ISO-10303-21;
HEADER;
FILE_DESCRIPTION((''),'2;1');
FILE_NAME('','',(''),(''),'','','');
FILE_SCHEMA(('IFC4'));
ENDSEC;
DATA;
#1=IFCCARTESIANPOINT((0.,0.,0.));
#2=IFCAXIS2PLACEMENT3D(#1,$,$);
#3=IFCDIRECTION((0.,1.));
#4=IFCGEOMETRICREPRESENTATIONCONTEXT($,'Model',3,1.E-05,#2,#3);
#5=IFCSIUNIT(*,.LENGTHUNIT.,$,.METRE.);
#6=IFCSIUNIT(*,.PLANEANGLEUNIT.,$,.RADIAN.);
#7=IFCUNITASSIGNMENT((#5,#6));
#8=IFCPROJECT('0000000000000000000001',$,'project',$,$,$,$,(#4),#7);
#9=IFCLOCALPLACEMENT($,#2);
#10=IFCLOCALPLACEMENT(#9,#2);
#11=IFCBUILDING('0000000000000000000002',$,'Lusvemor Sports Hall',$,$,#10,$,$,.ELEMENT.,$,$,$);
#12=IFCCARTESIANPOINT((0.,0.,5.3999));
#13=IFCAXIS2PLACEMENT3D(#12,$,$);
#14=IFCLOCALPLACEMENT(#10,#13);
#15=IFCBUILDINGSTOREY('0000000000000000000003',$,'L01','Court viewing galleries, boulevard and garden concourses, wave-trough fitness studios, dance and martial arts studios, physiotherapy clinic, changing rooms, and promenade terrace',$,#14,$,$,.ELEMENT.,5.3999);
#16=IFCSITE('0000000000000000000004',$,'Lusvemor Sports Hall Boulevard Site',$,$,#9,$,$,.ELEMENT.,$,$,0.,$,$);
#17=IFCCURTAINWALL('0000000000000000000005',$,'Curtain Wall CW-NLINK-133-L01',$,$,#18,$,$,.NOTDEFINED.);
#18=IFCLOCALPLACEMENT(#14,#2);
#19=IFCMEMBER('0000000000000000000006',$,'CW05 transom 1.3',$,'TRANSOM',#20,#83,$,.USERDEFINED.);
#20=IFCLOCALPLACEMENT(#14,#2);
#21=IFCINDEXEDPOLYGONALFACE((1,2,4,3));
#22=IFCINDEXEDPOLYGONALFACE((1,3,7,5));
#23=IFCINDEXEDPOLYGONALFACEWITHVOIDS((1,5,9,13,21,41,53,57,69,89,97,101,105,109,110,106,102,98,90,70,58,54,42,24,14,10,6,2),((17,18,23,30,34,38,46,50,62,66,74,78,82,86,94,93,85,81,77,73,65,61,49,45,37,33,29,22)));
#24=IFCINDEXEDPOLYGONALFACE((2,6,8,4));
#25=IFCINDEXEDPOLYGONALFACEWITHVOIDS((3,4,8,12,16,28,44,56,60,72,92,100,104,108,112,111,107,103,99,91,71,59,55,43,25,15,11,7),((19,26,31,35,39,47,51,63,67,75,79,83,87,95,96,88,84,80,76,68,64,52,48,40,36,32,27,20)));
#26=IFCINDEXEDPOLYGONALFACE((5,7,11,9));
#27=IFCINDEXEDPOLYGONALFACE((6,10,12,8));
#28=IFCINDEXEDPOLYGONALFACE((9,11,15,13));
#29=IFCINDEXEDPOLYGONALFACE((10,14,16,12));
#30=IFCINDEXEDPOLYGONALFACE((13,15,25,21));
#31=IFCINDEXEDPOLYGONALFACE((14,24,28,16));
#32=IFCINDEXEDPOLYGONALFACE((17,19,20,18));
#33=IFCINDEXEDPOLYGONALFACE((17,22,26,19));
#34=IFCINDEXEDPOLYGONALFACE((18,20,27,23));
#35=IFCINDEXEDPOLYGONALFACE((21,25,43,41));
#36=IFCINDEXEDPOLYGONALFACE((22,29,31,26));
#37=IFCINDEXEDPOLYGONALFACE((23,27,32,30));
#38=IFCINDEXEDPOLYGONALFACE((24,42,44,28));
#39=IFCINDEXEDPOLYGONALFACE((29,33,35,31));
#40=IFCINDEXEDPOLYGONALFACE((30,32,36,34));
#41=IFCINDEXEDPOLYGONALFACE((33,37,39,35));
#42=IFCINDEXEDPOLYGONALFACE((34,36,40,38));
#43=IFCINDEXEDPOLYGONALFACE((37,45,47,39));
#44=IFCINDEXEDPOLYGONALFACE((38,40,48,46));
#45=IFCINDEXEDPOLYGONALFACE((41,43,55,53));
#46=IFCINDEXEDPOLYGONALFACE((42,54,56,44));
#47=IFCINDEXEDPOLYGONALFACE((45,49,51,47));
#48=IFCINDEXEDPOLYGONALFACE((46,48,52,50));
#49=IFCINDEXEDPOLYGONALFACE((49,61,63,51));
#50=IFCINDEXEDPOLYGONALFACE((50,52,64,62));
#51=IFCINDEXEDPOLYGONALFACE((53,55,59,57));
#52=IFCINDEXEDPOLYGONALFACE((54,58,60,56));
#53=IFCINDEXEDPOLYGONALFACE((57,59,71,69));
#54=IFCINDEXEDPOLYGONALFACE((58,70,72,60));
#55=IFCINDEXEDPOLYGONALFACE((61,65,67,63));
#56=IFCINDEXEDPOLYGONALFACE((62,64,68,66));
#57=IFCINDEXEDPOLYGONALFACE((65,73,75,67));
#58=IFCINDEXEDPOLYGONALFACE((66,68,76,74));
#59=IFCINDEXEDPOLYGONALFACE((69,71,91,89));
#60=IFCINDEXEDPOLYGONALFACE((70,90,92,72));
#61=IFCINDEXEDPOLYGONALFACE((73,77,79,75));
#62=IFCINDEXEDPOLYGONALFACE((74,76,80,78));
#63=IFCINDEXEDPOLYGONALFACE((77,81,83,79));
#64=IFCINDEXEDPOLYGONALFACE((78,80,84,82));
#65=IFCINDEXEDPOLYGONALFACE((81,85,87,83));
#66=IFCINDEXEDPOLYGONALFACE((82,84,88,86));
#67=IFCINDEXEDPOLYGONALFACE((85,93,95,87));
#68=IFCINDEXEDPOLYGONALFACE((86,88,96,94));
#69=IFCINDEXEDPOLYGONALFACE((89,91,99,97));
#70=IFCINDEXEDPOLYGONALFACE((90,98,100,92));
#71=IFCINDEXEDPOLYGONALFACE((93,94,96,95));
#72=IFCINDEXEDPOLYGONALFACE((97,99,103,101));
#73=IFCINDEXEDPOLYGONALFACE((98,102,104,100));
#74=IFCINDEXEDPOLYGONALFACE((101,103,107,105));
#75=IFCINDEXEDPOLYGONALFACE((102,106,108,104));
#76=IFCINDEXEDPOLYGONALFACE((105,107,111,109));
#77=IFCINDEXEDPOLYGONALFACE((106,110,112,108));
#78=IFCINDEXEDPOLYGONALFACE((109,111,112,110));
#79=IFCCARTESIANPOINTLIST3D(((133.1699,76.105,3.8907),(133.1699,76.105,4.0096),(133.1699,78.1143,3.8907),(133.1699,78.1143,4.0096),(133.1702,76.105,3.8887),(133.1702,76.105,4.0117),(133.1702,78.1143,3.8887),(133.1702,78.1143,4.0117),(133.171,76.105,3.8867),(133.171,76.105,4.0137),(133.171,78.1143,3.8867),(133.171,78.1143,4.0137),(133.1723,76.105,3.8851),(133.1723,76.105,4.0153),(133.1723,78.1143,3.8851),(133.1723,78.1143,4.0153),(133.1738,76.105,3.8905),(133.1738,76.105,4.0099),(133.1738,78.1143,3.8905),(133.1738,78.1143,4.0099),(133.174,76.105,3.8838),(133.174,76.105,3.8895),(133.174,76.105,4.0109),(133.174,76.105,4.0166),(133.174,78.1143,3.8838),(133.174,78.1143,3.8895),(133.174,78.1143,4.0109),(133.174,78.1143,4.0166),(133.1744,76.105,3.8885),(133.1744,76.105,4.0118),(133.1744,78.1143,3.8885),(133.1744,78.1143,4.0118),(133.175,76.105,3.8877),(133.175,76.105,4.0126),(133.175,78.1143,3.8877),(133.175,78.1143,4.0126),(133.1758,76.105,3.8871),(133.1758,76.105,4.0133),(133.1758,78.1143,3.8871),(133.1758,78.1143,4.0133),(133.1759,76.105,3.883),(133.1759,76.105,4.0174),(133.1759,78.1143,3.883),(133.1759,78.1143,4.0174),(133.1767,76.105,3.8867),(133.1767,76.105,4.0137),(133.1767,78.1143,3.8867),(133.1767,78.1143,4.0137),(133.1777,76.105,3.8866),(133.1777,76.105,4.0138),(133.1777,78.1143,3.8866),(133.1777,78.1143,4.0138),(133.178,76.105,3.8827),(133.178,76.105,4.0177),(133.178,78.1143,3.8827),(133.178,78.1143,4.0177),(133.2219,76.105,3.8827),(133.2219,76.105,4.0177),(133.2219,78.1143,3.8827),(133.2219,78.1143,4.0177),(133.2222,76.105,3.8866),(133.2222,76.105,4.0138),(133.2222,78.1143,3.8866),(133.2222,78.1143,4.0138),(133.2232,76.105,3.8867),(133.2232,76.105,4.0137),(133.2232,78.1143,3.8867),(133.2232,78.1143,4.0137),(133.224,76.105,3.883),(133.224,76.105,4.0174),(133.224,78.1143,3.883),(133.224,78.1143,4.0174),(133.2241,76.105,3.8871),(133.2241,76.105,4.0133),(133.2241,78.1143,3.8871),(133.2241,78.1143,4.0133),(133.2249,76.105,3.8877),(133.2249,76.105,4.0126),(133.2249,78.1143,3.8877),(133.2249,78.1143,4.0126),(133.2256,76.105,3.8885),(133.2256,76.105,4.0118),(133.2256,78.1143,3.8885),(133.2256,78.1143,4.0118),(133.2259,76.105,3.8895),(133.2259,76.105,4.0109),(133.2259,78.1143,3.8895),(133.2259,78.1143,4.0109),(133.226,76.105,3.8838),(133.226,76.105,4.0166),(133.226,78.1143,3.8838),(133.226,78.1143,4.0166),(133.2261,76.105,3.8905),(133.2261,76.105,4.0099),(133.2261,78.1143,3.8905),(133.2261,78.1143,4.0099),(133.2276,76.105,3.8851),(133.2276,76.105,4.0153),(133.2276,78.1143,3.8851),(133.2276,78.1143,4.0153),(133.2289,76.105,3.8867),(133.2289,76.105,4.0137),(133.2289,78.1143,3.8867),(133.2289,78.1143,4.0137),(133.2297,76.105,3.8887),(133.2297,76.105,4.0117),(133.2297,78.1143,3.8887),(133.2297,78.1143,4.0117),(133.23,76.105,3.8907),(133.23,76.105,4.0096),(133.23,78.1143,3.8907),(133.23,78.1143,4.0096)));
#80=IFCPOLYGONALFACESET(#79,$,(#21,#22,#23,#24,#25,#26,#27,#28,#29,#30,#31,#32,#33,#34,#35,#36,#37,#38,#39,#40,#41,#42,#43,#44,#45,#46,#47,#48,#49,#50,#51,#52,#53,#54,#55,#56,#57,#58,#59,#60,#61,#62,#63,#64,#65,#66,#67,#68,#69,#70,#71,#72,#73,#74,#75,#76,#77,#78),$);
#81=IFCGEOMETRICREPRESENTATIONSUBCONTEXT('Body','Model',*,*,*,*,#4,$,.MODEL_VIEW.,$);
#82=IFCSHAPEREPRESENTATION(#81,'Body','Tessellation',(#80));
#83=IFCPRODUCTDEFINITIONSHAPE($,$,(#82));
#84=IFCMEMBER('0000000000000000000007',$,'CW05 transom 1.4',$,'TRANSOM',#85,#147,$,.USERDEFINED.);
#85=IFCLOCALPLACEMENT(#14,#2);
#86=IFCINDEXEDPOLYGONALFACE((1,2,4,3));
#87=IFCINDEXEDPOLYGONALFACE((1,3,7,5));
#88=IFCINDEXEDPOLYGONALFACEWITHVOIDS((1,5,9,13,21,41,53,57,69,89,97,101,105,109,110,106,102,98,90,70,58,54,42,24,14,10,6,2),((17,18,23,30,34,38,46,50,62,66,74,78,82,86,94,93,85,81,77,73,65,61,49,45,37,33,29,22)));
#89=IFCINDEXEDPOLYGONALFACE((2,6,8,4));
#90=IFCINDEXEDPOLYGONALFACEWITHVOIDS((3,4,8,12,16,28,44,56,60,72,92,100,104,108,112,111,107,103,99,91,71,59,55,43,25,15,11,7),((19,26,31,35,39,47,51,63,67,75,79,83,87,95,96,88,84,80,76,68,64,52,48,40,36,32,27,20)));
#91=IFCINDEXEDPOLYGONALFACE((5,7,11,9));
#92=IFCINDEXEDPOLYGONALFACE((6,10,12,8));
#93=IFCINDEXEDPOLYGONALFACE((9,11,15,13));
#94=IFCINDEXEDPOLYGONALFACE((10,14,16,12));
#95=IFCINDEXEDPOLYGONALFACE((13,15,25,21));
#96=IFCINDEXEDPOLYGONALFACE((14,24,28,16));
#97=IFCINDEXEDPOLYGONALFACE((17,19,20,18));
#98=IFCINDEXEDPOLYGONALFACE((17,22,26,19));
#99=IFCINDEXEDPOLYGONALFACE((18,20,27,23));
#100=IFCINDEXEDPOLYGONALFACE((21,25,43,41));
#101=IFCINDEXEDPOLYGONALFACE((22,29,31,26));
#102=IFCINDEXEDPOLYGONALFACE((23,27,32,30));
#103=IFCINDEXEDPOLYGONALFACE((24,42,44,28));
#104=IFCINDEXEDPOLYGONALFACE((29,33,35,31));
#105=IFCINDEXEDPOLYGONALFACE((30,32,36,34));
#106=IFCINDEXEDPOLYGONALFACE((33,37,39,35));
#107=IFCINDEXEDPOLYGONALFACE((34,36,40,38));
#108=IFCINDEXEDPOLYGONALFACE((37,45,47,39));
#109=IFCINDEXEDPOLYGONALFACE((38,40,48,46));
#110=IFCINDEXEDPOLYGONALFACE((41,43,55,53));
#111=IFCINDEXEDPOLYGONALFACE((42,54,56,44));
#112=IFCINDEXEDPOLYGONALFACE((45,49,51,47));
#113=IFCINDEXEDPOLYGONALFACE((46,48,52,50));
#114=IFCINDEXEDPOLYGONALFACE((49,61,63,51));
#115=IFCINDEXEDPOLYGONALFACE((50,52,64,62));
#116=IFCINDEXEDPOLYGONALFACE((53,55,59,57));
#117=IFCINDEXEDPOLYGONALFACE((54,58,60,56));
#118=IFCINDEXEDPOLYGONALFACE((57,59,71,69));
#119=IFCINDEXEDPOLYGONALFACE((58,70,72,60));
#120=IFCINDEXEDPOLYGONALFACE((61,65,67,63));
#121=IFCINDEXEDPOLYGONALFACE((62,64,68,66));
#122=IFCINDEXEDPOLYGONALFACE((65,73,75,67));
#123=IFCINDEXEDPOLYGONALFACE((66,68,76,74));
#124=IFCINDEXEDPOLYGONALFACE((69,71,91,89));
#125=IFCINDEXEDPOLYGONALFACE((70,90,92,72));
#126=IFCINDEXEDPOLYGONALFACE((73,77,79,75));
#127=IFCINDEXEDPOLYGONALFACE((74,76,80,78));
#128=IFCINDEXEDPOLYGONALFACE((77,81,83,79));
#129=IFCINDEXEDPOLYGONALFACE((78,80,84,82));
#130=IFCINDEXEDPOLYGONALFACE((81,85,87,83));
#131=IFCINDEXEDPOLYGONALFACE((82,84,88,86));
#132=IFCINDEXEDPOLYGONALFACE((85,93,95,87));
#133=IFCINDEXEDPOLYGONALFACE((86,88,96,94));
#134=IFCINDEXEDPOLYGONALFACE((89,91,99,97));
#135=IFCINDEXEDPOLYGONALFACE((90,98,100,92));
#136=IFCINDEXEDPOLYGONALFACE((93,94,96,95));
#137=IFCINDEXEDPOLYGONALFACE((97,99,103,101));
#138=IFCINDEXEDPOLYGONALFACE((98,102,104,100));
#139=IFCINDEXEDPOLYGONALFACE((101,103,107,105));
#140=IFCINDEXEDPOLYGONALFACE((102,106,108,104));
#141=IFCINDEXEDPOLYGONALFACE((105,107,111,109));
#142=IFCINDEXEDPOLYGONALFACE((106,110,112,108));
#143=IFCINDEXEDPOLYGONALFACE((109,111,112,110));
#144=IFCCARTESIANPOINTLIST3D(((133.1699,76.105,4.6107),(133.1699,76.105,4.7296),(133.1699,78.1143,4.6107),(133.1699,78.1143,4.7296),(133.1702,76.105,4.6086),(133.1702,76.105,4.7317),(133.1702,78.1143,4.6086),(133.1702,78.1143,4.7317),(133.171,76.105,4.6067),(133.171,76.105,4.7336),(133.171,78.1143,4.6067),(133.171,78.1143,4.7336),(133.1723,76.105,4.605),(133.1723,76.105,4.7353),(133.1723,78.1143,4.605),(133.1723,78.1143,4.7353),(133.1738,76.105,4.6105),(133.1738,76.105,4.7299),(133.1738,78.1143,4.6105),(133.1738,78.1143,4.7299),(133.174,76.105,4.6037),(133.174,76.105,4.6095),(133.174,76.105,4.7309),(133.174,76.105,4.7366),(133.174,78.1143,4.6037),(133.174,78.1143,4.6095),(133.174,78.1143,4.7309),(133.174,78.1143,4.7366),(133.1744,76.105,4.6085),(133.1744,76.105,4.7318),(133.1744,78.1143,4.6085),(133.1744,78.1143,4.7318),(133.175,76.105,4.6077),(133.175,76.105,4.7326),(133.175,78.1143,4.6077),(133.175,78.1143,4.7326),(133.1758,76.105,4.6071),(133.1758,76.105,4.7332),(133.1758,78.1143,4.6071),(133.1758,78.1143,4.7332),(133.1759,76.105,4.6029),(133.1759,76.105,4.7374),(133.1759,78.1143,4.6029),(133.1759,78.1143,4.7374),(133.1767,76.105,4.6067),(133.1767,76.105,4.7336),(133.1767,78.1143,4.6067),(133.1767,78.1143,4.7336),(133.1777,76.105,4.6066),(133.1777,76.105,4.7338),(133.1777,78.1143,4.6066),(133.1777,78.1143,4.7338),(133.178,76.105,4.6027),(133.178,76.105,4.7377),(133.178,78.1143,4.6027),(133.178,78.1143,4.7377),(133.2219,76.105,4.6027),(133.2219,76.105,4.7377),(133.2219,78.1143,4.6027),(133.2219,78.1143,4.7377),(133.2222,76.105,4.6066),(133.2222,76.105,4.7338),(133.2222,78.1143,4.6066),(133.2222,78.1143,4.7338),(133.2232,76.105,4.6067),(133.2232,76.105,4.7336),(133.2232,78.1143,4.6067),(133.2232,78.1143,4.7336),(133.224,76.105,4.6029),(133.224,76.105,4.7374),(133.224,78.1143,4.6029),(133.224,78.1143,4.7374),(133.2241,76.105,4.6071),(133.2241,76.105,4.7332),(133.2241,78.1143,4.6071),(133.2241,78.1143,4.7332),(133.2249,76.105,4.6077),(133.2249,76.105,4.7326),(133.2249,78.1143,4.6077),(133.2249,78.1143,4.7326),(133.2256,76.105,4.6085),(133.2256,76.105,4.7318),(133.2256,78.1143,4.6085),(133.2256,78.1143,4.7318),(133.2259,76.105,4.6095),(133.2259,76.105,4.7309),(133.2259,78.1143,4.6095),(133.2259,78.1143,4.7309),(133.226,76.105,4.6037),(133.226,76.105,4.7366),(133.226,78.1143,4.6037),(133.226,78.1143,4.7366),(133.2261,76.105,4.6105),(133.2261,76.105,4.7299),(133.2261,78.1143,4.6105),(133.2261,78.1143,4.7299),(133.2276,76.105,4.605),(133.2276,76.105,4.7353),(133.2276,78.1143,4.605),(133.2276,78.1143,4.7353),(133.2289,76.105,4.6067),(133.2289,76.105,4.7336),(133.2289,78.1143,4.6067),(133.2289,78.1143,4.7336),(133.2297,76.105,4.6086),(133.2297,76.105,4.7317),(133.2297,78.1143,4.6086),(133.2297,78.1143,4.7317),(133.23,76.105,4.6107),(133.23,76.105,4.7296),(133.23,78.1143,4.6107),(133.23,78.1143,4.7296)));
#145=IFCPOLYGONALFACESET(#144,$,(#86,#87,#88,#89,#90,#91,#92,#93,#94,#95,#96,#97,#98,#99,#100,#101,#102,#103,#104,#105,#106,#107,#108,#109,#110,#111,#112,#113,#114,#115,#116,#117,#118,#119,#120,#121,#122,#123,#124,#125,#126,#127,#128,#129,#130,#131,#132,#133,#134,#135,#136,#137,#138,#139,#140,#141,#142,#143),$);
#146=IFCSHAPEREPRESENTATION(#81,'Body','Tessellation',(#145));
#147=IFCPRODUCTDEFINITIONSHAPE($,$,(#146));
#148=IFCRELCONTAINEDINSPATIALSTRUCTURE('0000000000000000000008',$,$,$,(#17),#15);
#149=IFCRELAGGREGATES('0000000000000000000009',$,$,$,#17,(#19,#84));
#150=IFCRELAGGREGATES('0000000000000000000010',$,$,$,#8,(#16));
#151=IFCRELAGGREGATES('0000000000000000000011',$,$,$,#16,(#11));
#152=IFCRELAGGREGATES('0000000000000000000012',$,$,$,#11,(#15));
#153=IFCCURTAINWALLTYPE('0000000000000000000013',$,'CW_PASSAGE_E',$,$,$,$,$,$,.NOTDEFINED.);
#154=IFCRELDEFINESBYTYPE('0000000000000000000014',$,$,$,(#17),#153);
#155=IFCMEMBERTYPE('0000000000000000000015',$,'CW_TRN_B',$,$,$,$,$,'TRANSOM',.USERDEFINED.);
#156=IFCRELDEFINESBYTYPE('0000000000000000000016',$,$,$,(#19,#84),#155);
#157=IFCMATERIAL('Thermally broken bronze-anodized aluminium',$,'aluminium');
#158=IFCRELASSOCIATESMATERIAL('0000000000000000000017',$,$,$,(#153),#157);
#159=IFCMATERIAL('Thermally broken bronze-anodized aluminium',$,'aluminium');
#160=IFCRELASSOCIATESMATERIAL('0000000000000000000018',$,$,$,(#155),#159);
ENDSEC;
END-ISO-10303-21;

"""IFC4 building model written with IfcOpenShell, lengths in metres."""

from ifc_helpers import new_model, si_unit, direction, frame, origin, origin_2d, place, context, subcontext, project, spatial, hollow_rectangle, extrude, material, material_profile, profile_set, type_object, element, aggregate, save


model = new_model("IFC4")

# Units and contexts
model_context = context("Model", 3, precision=1e-05, world=origin(), true_north=direction((0.0, 1.0)))
body_context = subcontext(model_context, "Body", "Model", "MODEL_VIEW")
ifc_project = project(units=[si_unit("LENGTHUNIT", "METRE"), si_unit("PLANEANGLEUNIT", "RADIAN")], contexts=[model_context])

# Site, building, storey
site_placement = place(None, origin())
site = spatial("IfcSite", under=ifc_project, at=site_placement, Name="Lusvemor Sports Hall Boulevard Site", CompositionType="ELEMENT", RefElevation=0.0)
building_placement = place(site_placement, origin())
building = spatial("IfcBuilding", under=site, at=building_placement, Name="Lusvemor Sports Hall", CompositionType="ELEMENT")
storey_placement = place(building_placement, frame((0.0, 0.0, 5.3999)))
storey = spatial("IfcBuildingStorey", under=building, at=storey_placement, Name="L01", Description="Court viewing galleries, boulevard and garden concourses, wave-trough fitness studios, dance and martial arts studios, physiotherapy clinic, changing rooms, and promenade terrace", CompositionType="ELEMENT", Elevation=5.3999)

# Curtain wall
ifc_material_1 = material(Name="Thermally broken bronze-anodized aluminium", Category="aluminium")
curtain_wall_type_1 = type_object("IfcCurtainWallType", Name="CW_PASSAGE_E", PredefinedType="NOTDEFINED", material=ifc_material_1)
curtain_wall_1_placement = place(storey_placement, origin())
curtain_wall_1 = element("IfcCurtainWall", 1, at=curtain_wall_1_placement, inside=storey, type_object=curtain_wall_type_1, Name="Curtain Wall CW-NLINK-133-L01", PredefinedType="NOTDEFINED")

# Members
ifc_material_2 = material(Name="Thermally broken bronze-anodized aluminium", Category="aluminium")
ifc_material_profile_1 = material_profile(ifc_material_2, hollow_rectangle(XDim=0.0601, YDim=0.135, WallThickness=0.0039, InnerFilletRadius=0.0039, OuterFilletRadius=0.0081, at=origin_2d()), Name="CWTRN135x60x4")
ifc_profile_set_1 = profile_set([ifc_material_profile_1], Name="Thermally broken bronze-anodized aluminium")
member_type_1 = type_object("IfcMemberType", Name="CW_TRN_B", ElementType="TRANSOM", PredefinedType="USERDEFINED", material=ifc_profile_set_1)
member_1_placement = place(storey_placement, frame((133.2, 76.105, 3.9502), z_axis=(0.0, 1.0, 0.0), x_axis=(-1.0, 0.0, 0.0)))
member_1 = element("IfcMember", 2, at=member_1_placement, type_object=member_type_1, Name="CW05 transom 1.3", ObjectType="TRANSOM", PredefinedType="USERDEFINED", context=body_context, shape_type="SweptSolid", body=[
    extrude(hollow_rectangle(XDim=0.0601, YDim=0.135, WallThickness=0.0039, InnerFilletRadius=0.0039, OuterFilletRadius=0.0081, at=origin_2d()), origin(), (0.0, 0.0, 1.0), 2.0093),
])
member_2_placement = place(storey_placement, frame((133.2, 76.105, 4.6702), z_axis=(0.0, 1.0, 0.0), x_axis=(-1.0, 0.0, 0.0)))
member_2 = element("IfcMember", 3, at=member_2_placement, type_object=member_type_1, Name="CW05 transom 1.4", ObjectType="TRANSOM", PredefinedType="USERDEFINED", context=body_context, shape_type="SweptSolid", body=[
    extrude(hollow_rectangle(XDim=0.0601, YDim=0.135, WallThickness=0.0039, InnerFilletRadius=0.0039, OuterFilletRadius=0.0081, at=origin_2d()), origin(), (0.0, 0.0, 1.0), 2.0093),
])

aggregate(curtain_wall_1, [member_1, member_2])

save(model, "model.ifc")
